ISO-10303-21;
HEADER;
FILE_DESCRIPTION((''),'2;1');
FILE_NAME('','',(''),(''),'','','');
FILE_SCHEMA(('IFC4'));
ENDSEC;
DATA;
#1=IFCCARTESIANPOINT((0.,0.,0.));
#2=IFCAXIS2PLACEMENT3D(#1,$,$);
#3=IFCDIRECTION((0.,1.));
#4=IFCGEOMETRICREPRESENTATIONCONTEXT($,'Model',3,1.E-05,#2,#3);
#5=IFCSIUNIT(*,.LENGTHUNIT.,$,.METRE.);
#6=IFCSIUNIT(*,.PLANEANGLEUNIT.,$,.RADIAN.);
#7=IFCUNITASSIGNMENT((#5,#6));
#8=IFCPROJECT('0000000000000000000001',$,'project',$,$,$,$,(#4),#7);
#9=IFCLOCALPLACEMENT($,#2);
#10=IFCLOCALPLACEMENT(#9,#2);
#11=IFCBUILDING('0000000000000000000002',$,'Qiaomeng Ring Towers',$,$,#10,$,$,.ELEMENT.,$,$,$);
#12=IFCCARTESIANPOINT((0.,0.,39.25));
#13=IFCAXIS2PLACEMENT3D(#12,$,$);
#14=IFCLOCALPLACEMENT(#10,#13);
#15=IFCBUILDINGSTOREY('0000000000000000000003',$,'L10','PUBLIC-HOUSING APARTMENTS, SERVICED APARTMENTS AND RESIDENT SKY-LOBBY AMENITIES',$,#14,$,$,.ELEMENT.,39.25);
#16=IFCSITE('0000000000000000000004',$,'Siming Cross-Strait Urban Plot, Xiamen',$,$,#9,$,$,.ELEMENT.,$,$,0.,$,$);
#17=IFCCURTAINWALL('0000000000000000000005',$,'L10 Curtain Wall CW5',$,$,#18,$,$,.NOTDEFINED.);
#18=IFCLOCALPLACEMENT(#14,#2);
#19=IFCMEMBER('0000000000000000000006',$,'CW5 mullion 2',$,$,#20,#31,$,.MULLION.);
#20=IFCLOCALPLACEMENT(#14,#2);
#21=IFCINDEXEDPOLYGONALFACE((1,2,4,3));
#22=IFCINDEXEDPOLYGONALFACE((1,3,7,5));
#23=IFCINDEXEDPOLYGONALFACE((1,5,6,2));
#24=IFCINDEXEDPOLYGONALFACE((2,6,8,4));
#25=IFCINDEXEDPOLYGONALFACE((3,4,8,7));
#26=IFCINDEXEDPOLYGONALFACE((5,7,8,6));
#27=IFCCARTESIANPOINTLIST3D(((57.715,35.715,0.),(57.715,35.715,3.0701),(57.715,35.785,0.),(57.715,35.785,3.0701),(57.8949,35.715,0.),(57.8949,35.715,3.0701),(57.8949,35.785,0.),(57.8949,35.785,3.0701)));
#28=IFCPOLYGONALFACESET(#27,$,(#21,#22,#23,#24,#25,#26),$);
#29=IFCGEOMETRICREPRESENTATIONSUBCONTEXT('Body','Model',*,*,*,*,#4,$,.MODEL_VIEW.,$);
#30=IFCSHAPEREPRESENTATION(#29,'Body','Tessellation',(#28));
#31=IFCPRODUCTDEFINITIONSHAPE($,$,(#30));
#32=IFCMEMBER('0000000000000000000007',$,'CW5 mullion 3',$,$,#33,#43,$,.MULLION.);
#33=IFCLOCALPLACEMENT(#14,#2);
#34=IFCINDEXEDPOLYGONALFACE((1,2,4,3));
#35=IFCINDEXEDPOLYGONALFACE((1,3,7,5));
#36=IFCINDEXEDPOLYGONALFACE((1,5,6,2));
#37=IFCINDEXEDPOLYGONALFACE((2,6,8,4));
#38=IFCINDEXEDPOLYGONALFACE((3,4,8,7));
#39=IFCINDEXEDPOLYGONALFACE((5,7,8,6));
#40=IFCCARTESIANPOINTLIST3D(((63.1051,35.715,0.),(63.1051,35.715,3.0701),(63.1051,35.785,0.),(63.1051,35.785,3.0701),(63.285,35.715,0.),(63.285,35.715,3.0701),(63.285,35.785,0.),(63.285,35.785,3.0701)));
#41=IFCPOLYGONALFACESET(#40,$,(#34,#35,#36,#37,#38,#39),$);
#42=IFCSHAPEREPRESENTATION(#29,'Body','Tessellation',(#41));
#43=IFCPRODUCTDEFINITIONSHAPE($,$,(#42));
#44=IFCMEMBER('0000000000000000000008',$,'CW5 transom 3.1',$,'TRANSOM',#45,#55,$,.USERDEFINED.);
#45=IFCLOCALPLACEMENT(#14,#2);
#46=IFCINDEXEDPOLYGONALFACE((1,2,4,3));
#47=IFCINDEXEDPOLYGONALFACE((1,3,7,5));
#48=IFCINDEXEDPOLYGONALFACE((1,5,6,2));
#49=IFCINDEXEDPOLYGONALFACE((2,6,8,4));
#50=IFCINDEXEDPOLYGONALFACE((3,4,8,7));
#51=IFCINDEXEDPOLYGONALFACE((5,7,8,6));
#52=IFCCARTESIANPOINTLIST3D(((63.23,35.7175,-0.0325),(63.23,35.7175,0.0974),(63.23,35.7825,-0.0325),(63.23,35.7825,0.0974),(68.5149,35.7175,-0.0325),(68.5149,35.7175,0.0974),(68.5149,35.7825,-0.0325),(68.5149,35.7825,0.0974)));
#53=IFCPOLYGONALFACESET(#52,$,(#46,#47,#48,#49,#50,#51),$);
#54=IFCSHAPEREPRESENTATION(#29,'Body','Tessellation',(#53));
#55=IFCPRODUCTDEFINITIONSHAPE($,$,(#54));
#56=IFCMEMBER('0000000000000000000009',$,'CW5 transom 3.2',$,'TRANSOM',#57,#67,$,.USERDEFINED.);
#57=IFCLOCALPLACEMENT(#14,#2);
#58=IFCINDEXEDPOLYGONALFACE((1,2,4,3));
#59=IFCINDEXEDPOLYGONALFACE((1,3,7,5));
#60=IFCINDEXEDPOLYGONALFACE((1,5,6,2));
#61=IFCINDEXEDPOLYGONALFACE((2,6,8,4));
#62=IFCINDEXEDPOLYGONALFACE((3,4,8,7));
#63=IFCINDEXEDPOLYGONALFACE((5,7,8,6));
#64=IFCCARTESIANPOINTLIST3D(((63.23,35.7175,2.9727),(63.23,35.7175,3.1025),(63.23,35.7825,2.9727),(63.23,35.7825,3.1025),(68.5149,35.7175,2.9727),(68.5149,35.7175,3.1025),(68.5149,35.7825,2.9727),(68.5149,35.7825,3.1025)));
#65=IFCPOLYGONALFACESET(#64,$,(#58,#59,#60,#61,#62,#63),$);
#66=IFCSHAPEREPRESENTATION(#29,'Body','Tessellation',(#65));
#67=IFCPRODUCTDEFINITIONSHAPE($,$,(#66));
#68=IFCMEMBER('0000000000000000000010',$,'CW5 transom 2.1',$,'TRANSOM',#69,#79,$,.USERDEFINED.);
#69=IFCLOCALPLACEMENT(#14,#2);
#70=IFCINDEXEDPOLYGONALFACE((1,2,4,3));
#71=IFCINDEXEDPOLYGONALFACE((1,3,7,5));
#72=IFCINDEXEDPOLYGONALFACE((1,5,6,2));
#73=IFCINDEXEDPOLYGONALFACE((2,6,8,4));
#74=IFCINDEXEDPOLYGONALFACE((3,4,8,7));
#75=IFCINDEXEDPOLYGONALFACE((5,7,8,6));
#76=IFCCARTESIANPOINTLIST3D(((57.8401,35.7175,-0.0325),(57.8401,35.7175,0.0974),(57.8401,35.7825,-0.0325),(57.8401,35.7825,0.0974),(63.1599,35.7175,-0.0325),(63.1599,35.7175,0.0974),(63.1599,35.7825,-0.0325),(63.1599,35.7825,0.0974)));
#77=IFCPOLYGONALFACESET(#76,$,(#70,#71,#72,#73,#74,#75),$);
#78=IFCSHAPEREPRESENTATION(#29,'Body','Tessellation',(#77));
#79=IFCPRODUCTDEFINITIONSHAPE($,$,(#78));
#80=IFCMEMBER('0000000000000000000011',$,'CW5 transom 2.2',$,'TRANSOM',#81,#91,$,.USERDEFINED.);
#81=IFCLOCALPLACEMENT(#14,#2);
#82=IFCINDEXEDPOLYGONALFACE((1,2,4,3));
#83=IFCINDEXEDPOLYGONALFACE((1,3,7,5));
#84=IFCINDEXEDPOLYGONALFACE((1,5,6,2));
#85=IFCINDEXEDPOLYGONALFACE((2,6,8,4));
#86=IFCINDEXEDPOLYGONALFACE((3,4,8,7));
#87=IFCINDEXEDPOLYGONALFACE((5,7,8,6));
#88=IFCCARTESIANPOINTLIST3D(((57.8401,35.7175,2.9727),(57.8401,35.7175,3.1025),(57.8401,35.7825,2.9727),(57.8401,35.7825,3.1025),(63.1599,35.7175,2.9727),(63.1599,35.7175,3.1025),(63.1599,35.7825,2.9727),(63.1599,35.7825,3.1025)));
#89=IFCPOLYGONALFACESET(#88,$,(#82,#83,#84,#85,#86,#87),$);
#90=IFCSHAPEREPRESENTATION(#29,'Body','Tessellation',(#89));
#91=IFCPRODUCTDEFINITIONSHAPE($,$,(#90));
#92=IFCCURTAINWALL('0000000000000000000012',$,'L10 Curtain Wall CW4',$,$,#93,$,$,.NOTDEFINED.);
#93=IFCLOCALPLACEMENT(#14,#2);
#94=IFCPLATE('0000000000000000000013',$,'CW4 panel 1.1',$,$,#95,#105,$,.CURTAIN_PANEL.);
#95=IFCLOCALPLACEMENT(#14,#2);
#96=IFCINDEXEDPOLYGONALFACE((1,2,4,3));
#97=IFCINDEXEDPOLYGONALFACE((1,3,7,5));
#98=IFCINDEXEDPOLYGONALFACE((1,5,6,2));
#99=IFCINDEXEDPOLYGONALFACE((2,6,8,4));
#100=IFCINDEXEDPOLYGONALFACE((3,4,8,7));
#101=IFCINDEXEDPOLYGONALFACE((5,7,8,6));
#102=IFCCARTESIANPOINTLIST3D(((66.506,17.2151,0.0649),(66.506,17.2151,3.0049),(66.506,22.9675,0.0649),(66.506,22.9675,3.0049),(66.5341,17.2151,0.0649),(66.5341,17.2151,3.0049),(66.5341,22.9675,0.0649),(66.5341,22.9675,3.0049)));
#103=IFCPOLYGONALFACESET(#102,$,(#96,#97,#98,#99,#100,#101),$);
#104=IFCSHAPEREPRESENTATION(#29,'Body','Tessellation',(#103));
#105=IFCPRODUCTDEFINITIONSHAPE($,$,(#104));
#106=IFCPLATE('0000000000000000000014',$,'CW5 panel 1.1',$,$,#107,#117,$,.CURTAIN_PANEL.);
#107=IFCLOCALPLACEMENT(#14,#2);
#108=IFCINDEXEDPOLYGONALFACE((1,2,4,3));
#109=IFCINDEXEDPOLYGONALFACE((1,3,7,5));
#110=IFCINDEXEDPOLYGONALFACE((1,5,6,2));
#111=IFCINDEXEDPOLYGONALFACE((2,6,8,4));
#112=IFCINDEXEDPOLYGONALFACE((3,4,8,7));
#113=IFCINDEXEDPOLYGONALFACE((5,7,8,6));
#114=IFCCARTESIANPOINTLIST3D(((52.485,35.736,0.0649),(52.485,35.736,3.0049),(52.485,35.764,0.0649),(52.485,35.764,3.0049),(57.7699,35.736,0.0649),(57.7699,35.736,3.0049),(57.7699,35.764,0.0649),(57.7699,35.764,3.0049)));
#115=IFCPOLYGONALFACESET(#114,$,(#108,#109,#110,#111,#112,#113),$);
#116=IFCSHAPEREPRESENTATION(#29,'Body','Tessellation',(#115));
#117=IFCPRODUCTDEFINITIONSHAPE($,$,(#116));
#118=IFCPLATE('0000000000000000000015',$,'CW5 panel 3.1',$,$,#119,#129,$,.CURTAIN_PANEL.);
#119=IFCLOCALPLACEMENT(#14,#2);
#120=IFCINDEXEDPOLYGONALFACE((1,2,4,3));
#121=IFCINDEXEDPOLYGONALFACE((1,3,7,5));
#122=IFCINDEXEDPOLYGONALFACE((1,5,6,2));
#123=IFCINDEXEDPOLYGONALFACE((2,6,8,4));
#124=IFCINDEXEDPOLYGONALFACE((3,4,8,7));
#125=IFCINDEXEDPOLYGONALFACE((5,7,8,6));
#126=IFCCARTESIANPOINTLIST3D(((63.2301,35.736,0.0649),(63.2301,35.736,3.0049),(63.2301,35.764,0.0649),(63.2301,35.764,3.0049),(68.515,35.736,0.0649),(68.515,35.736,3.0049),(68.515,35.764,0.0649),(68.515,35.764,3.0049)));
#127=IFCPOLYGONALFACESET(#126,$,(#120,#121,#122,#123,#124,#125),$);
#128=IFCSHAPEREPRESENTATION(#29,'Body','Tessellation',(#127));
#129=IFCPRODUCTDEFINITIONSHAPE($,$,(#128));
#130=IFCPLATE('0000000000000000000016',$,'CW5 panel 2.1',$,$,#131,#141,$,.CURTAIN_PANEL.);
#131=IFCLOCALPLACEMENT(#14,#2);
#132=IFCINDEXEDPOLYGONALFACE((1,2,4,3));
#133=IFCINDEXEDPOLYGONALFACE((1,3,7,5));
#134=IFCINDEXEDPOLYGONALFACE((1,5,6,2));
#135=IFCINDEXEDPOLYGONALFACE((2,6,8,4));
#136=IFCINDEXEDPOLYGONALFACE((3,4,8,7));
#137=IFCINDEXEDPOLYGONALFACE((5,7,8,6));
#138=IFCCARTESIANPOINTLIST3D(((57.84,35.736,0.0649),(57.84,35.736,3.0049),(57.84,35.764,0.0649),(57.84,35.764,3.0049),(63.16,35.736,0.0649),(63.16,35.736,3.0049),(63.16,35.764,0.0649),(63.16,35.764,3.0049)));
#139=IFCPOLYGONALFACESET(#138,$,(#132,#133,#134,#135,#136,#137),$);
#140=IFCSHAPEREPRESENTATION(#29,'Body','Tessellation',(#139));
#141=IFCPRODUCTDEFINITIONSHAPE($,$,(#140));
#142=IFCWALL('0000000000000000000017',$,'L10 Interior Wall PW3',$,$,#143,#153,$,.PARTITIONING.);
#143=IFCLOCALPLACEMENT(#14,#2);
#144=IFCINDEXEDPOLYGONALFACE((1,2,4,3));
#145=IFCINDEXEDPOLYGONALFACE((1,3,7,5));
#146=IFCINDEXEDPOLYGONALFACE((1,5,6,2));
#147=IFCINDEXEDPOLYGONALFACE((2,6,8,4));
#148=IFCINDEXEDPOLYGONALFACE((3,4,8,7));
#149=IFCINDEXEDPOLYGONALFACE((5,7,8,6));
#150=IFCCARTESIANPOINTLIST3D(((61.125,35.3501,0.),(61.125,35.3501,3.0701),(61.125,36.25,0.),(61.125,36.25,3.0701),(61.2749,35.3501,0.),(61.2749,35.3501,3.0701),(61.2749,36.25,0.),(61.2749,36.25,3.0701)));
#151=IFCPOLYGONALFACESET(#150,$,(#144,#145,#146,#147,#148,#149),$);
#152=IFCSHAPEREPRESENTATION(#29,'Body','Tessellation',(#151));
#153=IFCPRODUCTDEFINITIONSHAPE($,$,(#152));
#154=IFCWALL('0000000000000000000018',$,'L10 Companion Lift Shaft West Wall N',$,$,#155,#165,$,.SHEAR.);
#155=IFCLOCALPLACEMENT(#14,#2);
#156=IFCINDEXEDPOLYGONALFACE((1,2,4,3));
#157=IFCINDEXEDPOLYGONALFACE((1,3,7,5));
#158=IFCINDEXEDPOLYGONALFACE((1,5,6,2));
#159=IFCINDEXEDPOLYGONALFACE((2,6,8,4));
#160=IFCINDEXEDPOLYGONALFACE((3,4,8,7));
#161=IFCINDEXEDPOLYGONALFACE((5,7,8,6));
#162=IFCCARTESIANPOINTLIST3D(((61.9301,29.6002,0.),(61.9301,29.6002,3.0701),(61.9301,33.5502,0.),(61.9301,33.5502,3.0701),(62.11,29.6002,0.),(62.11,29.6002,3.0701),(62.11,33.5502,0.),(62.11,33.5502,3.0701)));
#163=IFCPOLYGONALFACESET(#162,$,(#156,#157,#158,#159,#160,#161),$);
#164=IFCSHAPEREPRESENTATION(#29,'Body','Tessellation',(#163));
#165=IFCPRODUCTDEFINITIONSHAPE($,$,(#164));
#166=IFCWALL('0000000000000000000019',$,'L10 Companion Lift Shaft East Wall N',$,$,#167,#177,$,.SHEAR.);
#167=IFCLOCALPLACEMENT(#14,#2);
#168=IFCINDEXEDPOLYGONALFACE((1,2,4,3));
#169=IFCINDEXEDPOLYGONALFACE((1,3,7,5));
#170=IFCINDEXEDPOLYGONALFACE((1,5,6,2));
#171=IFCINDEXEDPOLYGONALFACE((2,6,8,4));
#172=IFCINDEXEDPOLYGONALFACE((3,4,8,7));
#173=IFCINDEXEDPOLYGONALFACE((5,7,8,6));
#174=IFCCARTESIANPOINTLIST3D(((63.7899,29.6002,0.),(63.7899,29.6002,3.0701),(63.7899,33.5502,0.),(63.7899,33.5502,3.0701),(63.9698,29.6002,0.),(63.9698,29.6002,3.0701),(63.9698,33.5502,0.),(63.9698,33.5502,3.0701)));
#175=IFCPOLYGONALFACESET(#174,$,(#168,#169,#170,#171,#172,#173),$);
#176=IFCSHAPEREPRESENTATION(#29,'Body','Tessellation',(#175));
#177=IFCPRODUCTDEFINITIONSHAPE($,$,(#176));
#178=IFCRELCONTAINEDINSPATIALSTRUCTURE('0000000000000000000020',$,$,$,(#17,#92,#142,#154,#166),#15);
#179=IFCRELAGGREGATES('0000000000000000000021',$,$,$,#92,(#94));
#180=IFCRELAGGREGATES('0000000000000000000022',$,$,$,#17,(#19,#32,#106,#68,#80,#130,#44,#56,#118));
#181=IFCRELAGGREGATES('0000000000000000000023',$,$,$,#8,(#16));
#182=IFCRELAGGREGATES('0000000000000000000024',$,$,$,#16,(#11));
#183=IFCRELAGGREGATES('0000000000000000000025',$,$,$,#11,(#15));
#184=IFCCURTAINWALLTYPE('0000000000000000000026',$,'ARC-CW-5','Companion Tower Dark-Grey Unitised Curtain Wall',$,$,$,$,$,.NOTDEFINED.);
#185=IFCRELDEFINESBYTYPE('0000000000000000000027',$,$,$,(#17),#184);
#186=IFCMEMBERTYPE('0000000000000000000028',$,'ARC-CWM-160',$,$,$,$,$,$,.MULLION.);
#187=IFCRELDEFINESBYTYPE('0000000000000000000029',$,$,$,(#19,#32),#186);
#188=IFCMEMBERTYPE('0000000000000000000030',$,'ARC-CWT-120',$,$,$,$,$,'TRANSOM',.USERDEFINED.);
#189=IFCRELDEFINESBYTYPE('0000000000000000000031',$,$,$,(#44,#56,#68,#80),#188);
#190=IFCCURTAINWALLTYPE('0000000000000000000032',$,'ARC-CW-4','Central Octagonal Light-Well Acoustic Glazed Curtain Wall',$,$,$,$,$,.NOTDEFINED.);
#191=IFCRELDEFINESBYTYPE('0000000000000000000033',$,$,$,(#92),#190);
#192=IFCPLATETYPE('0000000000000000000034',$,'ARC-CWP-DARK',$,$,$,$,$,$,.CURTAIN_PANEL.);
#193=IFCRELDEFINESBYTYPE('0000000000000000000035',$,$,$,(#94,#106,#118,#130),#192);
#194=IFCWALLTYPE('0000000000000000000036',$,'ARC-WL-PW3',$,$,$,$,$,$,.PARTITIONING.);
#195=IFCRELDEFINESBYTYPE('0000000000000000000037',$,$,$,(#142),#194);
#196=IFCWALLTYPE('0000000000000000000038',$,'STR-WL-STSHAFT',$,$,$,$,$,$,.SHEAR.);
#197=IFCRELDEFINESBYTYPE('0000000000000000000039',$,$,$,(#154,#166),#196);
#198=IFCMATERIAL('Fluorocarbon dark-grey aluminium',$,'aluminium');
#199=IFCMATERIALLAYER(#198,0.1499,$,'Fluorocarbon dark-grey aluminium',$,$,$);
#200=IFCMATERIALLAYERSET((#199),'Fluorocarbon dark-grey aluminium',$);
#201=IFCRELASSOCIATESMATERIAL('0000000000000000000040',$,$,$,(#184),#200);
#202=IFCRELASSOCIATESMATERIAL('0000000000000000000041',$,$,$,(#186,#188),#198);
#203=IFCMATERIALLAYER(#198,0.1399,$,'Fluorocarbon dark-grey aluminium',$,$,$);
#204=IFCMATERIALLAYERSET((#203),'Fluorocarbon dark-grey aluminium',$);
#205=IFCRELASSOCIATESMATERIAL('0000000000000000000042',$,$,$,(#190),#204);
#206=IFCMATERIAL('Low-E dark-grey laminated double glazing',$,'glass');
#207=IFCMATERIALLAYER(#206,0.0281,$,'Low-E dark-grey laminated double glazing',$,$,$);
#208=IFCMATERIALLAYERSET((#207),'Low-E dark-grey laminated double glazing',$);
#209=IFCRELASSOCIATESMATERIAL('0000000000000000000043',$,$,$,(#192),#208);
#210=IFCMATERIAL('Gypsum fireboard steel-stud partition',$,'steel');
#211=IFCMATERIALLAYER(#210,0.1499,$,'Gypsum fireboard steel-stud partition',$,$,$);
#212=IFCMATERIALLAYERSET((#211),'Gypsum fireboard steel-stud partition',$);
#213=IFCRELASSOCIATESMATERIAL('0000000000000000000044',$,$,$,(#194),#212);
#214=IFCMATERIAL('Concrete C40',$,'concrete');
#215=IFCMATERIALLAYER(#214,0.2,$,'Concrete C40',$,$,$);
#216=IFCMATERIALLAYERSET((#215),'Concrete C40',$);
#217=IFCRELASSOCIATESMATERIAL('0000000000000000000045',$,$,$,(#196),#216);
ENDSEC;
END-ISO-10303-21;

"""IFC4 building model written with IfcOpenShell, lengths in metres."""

from ifc_helpers import new_model, si_unit, direction, frame, frame_2d, origin, origin_2d, place, context, subcontext, project, spatial, rectangle, extrude, source, transform, mapped, material, layer, layer_set, material_profile, profile_set, type_object, element, aggregate, save


model = new_model("IFC4")

# Units and contexts
model_context = context("Model", 3, precision=1e-05, world=origin(), true_north=direction((0.0, 1.0)))
body_context = subcontext(model_context, "Body", "Model", "MODEL_VIEW")
ifc_project = project(units=[si_unit("LENGTHUNIT", "METRE"), si_unit("PLANEANGLEUNIT", "RADIAN")], contexts=[model_context])

# Site, building, storey
site_placement = place(None, origin())
site = spatial("IfcSite", under=ifc_project, at=site_placement, Name="Siming Cross-Strait Urban Plot, Xiamen", CompositionType="ELEMENT", RefElevation=0.0)
building_placement = place(site_placement, origin())
building = spatial("IfcBuilding", under=site, at=building_placement, Name="Qiaomeng Ring Towers", CompositionType="ELEMENT")
storey_placement = place(building_placement, frame((0.0, 0.0, 39.25)))
storey = spatial("IfcBuildingStorey", under=building, at=storey_placement, Name="L10", Description="PUBLIC-HOUSING APARTMENTS, SERVICED APARTMENTS AND RESIDENT SKY-LOBBY AMENITIES", CompositionType="ELEMENT", Elevation=39.25)

# Curtain wall, members
ifc_material_1 = material(Name="Fluorocarbon dark-grey aluminium", Category="aluminium")
ifc_layer_1 = layer(ifc_material_1, 0.1499, Name="Fluorocarbon dark-grey aluminium")
ifc_layer_set_1 = layer_set([ifc_layer_1], Name="Fluorocarbon dark-grey aluminium")
curtain_wall_type_1 = type_object("IfcCurtainWallType", Name="ARC-CW-5", Description="Companion Tower Dark-Grey Unitised Curtain Wall", PredefinedType="NOTDEFINED", material=ifc_layer_set_1)
curtain_wall_1_placement = place(storey_placement, origin())
curtain_wall_1 = element("IfcCurtainWall", 1, at=curtain_wall_1_placement, inside=storey, type_object=curtain_wall_type_1, Name="L10 Curtain Wall CW5", PredefinedType="NOTDEFINED")
ifc_material_profile_1 = material_profile(ifc_material_1, rectangle(XDim=0.0701, YDim=0.1799, at=origin_2d()), Name="ALU MULL 70x180")
ifc_profile_set_1 = profile_set([ifc_material_profile_1], Name="Fluorocarbon dark-grey aluminium")
member_type_1 = type_object("IfcMemberType", Name="ARC-CWM-160", PredefinedType="MULLION", material=ifc_profile_set_1)
shared_shape_1 = source(origin(), body_context, "Body", "SweptSolid", [
    extrude(rectangle(XDim=0.0701, YDim=0.1799, at=origin_2d()), origin(), (0.0, 0.0, 1.0), 3.0701),
])
member_1_placement = place(storey_placement, frame((57.8049, 35.75, 0.0), z_axis=(0.0, 0.0, 1.0), x_axis=(0.0, 1.0, 0.0)))
member_1 = element("IfcMember", 2, at=member_1_placement, type_object=member_type_1, Name="CW5 mullion 2", PredefinedType="MULLION", context=body_context, shape_type="MappedRepresentation", body=[
    mapped(shared_shape_1, transform((0.0, 0.0, 0.0), x_axis=(1.0, 0.0, 0.0), y_axis=(0.0, 1.0, 0.0), z_axis=(0.0, 0.0, 1.0), scale=1.0)),
])
member_2_placement = place(storey_placement, frame((63.1951, 35.75, 0.0), z_axis=(0.0, 0.0, 1.0), x_axis=(0.0, 1.0, 0.0)))
member_2 = element("IfcMember", 3, at=member_2_placement, type_object=member_type_1, Name="CW5 mullion 3", PredefinedType="MULLION", context=body_context, shape_type="MappedRepresentation", body=[
    mapped(shared_shape_1, transform((0.0, 0.0, 0.0), x_axis=(1.0, 0.0, 0.0), y_axis=(0.0, 1.0, 0.0), z_axis=(0.0, 0.0, 1.0), scale=1.0)),
])
ifc_material_profile_2 = material_profile(ifc_material_1, rectangle(XDim=0.0649, YDim=0.1299, at=origin_2d()), Name="ALU TRAN 65x130")
ifc_profile_set_2 = profile_set([ifc_material_profile_2], Name="Fluorocarbon dark-grey aluminium")
member_type_2 = type_object("IfcMemberType", Name="ARC-CWT-120", ElementType="TRANSOM", PredefinedType="USERDEFINED", material=ifc_profile_set_2)
shared_shape_2 = source(origin(), body_context, "Body", "SweptSolid", [
    extrude(rectangle(XDim=0.0649, YDim=0.1299, at=origin_2d()), origin(), (0.0, 0.0, 1.0), 5.2849),
])
member_3_placement = place(storey_placement, frame((63.23, 35.75, 0.0325), z_axis=(1.0, 0.0, 0.0), x_axis=(0.0, 1.0, 0.0)))
member_3 = element("IfcMember", 4, at=member_3_placement, type_object=member_type_2, Name="CW5 transom 3.1", ObjectType="TRANSOM", PredefinedType="USERDEFINED", context=body_context, shape_type="MappedRepresentation", body=[
    mapped(shared_shape_2, transform((0.0, 0.0, 0.0), x_axis=(1.0, 0.0, 0.0), y_axis=(0.0, 1.0, 0.0), z_axis=(0.0, 0.0, 1.0), scale=1.0)),
])
member_4_placement = place(storey_placement, frame((63.23, 35.75, 3.0376), z_axis=(1.0, 0.0, 0.0), x_axis=(0.0, 1.0, 0.0)))
member_4 = element("IfcMember", 5, at=member_4_placement, type_object=member_type_2, Name="CW5 transom 3.2", ObjectType="TRANSOM", PredefinedType="USERDEFINED", context=body_context, shape_type="MappedRepresentation", body=[
    mapped(shared_shape_2, transform((0.0, 0.0, 0.0), x_axis=(1.0, 0.0, 0.0), y_axis=(0.0, 1.0, 0.0), z_axis=(0.0, 0.0, 1.0), scale=1.0)),
])
shared_shape_3 = source(origin(), body_context, "Body", "SweptSolid", [
    extrude(rectangle(XDim=0.0649, YDim=0.1299, at=origin_2d()), origin(), (0.0, 0.0, 1.0), 5.3198),
])
member_5_placement = place(storey_placement, frame((57.8401, 35.75, 0.0325), z_axis=(1.0, 0.0, 0.0), x_axis=(0.0, 1.0, 0.0)))
member_5 = element("IfcMember", 6, at=member_5_placement, type_object=member_type_2, Name="CW5 transom 2.1", ObjectType="TRANSOM", PredefinedType="USERDEFINED", context=body_context, shape_type="MappedRepresentation", body=[
    mapped(shared_shape_3, transform((0.0, 0.0, 0.0), x_axis=(1.0, 0.0, 0.0), y_axis=(0.0, 1.0, 0.0), z_axis=(0.0, 0.0, 1.0), scale=1.0)),
])
member_6_placement = place(storey_placement, frame((57.8401, 35.75, 3.0376), z_axis=(1.0, 0.0, 0.0), x_axis=(0.0, 1.0, 0.0)))
member_6 = element("IfcMember", 7, at=member_6_placement, type_object=member_type_2, Name="CW5 transom 2.2", ObjectType="TRANSOM", PredefinedType="USERDEFINED", context=body_context, shape_type="MappedRepresentation", body=[
    mapped(shared_shape_3, transform((0.0, 0.0, 0.0), x_axis=(1.0, 0.0, 0.0), y_axis=(0.0, 1.0, 0.0), z_axis=(0.0, 0.0, 1.0), scale=1.0)),
])

# Curtain wall, plate
ifc_layer_2 = layer(ifc_material_1, 0.1399, Name="Fluorocarbon dark-grey aluminium")
ifc_layer_set_2 = layer_set([ifc_layer_2], Name="Fluorocarbon dark-grey aluminium")
curtain_wall_type_2 = type_object("IfcCurtainWallType", Name="ARC-CW-4", Description="Central Octagonal Light-Well Acoustic Glazed Curtain Wall", PredefinedType="NOTDEFINED", material=ifc_layer_set_2)
curtain_wall_2_placement = place(storey_placement, origin())
curtain_wall_2 = element("IfcCurtainWall", 8, at=curtain_wall_2_placement, inside=storey, type_object=curtain_wall_type_2, Name="L10 Curtain Wall CW4", PredefinedType="NOTDEFINED")
ifc_material_2 = material(Name="Low-E dark-grey laminated double glazing", Category="glass")
ifc_layer_3 = layer(ifc_material_2, 0.0281, Name="Low-E dark-grey laminated double glazing")
ifc_layer_set_3 = layer_set([ifc_layer_3], Name="Low-E dark-grey laminated double glazing")
plate_type = type_object("IfcPlateType", Name="ARC-CWP-DARK", PredefinedType="CURTAIN_PANEL", material=ifc_layer_set_3)
shared_shape_4 = source(origin(), body_context, "Body", "SweptSolid", [
    extrude(rectangle(XDim=5.7524, YDim=0.0281, at=origin_2d()), origin(), (0.0, 0.0, 1.0), 2.9399),
])
plate_1_placement = place(storey_placement, frame((66.52, 20.0913, 0.0649), z_axis=(0.0, 0.0, 1.0), x_axis=(0.0, 1.0, 0.0)))
plate_1 = element("IfcPlate", 9, at=plate_1_placement, type_object=plate_type, Name="CW4 panel 1.1", PredefinedType="CURTAIN_PANEL", context=body_context, shape_type="MappedRepresentation", body=[
    mapped(shared_shape_4, transform((0.0, 0.0, 0.0), x_axis=(1.0, 0.0, 0.0), y_axis=(0.0, 1.0, 0.0), z_axis=(0.0, 0.0, 1.0), scale=1.0)),
])
aggregate(curtain_wall_2, [plate_1])

# Plates
shared_shape_5 = source(origin(), body_context, "Body", "SweptSolid", [
    extrude(rectangle(XDim=5.2849, YDim=0.0281, at=origin_2d()), origin(), (0.0, 0.0, 1.0), 2.9399),
])
plate_2_placement = place(storey_placement, frame((55.1274, 35.75, 0.0649), z_axis=(0.0, 0.0, 1.0), x_axis=(1.0, 0.0, 0.0)))
plate_2 = element("IfcPlate", 10, at=plate_2_placement, type_object=plate_type, Name="CW5 panel 1.1", PredefinedType="CURTAIN_PANEL", context=body_context, shape_type="MappedRepresentation", body=[
    mapped(shared_shape_5, transform((0.0, 0.0, 0.0), x_axis=(1.0, 0.0, 0.0), y_axis=(0.0, 1.0, 0.0), z_axis=(0.0, 0.0, 1.0), scale=1.0)),
])
plate_3_placement = place(storey_placement, frame((65.8726, 35.75, 0.0649), z_axis=(0.0, 0.0, 1.0), x_axis=(1.0, 0.0, 0.0)))
plate_3 = element("IfcPlate", 11, at=plate_3_placement, type_object=plate_type, Name="CW5 panel 3.1", PredefinedType="CURTAIN_PANEL", context=body_context, shape_type="MappedRepresentation", body=[
    mapped(shared_shape_5, transform((0.0, 0.0, 0.0), x_axis=(1.0, 0.0, 0.0), y_axis=(0.0, 1.0, 0.0), z_axis=(0.0, 0.0, 1.0), scale=1.0)),
])
shared_shape_6 = source(origin(), body_context, "Body", "SweptSolid", [
    extrude(rectangle(XDim=5.3201, YDim=0.0281, at=origin_2d()), origin(), (0.0, 0.0, 1.0), 2.9399),
])
plate_4_placement = place(storey_placement, frame((60.5, 35.75, 0.0649), z_axis=(0.0, 0.0, 1.0), x_axis=(1.0, 0.0, 0.0)))
plate_4 = element("IfcPlate", 12, at=plate_4_placement, type_object=plate_type, Name="CW5 panel 2.1", PredefinedType="CURTAIN_PANEL", context=body_context, shape_type="MappedRepresentation", body=[
    mapped(shared_shape_6, transform((0.0, 0.0, 0.0), x_axis=(1.0, 0.0, 0.0), y_axis=(0.0, 1.0, 0.0), z_axis=(0.0, 0.0, 1.0), scale=1.0)),
])
aggregate(curtain_wall_1, [member_1, member_2, plate_2, member_5, member_6, plate_4, member_3, member_4, plate_3])

# Walls
ifc_material_3 = material(Name="Gypsum fireboard steel-stud partition", Category="steel")
ifc_layer_4 = layer(ifc_material_3, 0.1499, Name="Gypsum fireboard steel-stud partition")
ifc_layer_set_4 = layer_set([ifc_layer_4], Name="Gypsum fireboard steel-stud partition")
wall_type_1 = type_object("IfcWallType", Name="ARC-WL-PW3", PredefinedType="PARTITIONING", material=ifc_layer_set_4)
wall_1_placement = place(storey_placement, frame((61.2, 35.3501, 0.0), z_axis=(0.0, 0.0, 1.0), x_axis=(0.0, 1.0, 0.0)))
element("IfcWall", 13, at=wall_1_placement, inside=storey, type_object=wall_type_1, Name="L10 Interior Wall PW3", PredefinedType="PARTITIONING", context=body_context, shape_type="SweptSolid", body=[
    extrude(rectangle(XDim=0.8999, YDim=0.1499, at=frame_2d((0.45, 0.0))), origin(), (0.0, 0.0, 1.0), 3.0701),
])
ifc_material_4 = material(Name="Concrete C40", Category="concrete")
ifc_layer_5 = layer(ifc_material_4, 0.2, Name="Concrete C40")
ifc_layer_set_5 = layer_set([ifc_layer_5], Name="Concrete C40")
wall_type_2 = type_object("IfcWallType", Name="STR-WL-STSHAFT", PredefinedType="SHEAR", material=ifc_layer_set_5)
for number, where, z_axis, x_axis, name in (
    (14, (62.02, 29.6001, 0.0), (0.0, 0.0, 1.0), (0.0, 1.0, 0.0), "L10 Companion Lift Shaft West Wall N"),
    (15, (63.8799, 29.6001, 0.0), (0.0, 0.0, 1.0), (0.0, 1.0, 0.0), "L10 Companion Lift Shaft East Wall N"),
):
    element("IfcWall", number, at=place(storey_placement, frame(where, z_axis=z_axis, x_axis=x_axis)), inside=storey, type_object=wall_type_2, Name=name, PredefinedType="SHEAR", context=body_context, shape_type="SweptSolid", body=[
        extrude(rectangle(XDim=3.95, YDim=0.1799, at=frame_2d((1.9751, 0.0))), origin(), (0.0, 0.0, 1.0), 3.0701),
    ])

save(model, "model.ifc")
